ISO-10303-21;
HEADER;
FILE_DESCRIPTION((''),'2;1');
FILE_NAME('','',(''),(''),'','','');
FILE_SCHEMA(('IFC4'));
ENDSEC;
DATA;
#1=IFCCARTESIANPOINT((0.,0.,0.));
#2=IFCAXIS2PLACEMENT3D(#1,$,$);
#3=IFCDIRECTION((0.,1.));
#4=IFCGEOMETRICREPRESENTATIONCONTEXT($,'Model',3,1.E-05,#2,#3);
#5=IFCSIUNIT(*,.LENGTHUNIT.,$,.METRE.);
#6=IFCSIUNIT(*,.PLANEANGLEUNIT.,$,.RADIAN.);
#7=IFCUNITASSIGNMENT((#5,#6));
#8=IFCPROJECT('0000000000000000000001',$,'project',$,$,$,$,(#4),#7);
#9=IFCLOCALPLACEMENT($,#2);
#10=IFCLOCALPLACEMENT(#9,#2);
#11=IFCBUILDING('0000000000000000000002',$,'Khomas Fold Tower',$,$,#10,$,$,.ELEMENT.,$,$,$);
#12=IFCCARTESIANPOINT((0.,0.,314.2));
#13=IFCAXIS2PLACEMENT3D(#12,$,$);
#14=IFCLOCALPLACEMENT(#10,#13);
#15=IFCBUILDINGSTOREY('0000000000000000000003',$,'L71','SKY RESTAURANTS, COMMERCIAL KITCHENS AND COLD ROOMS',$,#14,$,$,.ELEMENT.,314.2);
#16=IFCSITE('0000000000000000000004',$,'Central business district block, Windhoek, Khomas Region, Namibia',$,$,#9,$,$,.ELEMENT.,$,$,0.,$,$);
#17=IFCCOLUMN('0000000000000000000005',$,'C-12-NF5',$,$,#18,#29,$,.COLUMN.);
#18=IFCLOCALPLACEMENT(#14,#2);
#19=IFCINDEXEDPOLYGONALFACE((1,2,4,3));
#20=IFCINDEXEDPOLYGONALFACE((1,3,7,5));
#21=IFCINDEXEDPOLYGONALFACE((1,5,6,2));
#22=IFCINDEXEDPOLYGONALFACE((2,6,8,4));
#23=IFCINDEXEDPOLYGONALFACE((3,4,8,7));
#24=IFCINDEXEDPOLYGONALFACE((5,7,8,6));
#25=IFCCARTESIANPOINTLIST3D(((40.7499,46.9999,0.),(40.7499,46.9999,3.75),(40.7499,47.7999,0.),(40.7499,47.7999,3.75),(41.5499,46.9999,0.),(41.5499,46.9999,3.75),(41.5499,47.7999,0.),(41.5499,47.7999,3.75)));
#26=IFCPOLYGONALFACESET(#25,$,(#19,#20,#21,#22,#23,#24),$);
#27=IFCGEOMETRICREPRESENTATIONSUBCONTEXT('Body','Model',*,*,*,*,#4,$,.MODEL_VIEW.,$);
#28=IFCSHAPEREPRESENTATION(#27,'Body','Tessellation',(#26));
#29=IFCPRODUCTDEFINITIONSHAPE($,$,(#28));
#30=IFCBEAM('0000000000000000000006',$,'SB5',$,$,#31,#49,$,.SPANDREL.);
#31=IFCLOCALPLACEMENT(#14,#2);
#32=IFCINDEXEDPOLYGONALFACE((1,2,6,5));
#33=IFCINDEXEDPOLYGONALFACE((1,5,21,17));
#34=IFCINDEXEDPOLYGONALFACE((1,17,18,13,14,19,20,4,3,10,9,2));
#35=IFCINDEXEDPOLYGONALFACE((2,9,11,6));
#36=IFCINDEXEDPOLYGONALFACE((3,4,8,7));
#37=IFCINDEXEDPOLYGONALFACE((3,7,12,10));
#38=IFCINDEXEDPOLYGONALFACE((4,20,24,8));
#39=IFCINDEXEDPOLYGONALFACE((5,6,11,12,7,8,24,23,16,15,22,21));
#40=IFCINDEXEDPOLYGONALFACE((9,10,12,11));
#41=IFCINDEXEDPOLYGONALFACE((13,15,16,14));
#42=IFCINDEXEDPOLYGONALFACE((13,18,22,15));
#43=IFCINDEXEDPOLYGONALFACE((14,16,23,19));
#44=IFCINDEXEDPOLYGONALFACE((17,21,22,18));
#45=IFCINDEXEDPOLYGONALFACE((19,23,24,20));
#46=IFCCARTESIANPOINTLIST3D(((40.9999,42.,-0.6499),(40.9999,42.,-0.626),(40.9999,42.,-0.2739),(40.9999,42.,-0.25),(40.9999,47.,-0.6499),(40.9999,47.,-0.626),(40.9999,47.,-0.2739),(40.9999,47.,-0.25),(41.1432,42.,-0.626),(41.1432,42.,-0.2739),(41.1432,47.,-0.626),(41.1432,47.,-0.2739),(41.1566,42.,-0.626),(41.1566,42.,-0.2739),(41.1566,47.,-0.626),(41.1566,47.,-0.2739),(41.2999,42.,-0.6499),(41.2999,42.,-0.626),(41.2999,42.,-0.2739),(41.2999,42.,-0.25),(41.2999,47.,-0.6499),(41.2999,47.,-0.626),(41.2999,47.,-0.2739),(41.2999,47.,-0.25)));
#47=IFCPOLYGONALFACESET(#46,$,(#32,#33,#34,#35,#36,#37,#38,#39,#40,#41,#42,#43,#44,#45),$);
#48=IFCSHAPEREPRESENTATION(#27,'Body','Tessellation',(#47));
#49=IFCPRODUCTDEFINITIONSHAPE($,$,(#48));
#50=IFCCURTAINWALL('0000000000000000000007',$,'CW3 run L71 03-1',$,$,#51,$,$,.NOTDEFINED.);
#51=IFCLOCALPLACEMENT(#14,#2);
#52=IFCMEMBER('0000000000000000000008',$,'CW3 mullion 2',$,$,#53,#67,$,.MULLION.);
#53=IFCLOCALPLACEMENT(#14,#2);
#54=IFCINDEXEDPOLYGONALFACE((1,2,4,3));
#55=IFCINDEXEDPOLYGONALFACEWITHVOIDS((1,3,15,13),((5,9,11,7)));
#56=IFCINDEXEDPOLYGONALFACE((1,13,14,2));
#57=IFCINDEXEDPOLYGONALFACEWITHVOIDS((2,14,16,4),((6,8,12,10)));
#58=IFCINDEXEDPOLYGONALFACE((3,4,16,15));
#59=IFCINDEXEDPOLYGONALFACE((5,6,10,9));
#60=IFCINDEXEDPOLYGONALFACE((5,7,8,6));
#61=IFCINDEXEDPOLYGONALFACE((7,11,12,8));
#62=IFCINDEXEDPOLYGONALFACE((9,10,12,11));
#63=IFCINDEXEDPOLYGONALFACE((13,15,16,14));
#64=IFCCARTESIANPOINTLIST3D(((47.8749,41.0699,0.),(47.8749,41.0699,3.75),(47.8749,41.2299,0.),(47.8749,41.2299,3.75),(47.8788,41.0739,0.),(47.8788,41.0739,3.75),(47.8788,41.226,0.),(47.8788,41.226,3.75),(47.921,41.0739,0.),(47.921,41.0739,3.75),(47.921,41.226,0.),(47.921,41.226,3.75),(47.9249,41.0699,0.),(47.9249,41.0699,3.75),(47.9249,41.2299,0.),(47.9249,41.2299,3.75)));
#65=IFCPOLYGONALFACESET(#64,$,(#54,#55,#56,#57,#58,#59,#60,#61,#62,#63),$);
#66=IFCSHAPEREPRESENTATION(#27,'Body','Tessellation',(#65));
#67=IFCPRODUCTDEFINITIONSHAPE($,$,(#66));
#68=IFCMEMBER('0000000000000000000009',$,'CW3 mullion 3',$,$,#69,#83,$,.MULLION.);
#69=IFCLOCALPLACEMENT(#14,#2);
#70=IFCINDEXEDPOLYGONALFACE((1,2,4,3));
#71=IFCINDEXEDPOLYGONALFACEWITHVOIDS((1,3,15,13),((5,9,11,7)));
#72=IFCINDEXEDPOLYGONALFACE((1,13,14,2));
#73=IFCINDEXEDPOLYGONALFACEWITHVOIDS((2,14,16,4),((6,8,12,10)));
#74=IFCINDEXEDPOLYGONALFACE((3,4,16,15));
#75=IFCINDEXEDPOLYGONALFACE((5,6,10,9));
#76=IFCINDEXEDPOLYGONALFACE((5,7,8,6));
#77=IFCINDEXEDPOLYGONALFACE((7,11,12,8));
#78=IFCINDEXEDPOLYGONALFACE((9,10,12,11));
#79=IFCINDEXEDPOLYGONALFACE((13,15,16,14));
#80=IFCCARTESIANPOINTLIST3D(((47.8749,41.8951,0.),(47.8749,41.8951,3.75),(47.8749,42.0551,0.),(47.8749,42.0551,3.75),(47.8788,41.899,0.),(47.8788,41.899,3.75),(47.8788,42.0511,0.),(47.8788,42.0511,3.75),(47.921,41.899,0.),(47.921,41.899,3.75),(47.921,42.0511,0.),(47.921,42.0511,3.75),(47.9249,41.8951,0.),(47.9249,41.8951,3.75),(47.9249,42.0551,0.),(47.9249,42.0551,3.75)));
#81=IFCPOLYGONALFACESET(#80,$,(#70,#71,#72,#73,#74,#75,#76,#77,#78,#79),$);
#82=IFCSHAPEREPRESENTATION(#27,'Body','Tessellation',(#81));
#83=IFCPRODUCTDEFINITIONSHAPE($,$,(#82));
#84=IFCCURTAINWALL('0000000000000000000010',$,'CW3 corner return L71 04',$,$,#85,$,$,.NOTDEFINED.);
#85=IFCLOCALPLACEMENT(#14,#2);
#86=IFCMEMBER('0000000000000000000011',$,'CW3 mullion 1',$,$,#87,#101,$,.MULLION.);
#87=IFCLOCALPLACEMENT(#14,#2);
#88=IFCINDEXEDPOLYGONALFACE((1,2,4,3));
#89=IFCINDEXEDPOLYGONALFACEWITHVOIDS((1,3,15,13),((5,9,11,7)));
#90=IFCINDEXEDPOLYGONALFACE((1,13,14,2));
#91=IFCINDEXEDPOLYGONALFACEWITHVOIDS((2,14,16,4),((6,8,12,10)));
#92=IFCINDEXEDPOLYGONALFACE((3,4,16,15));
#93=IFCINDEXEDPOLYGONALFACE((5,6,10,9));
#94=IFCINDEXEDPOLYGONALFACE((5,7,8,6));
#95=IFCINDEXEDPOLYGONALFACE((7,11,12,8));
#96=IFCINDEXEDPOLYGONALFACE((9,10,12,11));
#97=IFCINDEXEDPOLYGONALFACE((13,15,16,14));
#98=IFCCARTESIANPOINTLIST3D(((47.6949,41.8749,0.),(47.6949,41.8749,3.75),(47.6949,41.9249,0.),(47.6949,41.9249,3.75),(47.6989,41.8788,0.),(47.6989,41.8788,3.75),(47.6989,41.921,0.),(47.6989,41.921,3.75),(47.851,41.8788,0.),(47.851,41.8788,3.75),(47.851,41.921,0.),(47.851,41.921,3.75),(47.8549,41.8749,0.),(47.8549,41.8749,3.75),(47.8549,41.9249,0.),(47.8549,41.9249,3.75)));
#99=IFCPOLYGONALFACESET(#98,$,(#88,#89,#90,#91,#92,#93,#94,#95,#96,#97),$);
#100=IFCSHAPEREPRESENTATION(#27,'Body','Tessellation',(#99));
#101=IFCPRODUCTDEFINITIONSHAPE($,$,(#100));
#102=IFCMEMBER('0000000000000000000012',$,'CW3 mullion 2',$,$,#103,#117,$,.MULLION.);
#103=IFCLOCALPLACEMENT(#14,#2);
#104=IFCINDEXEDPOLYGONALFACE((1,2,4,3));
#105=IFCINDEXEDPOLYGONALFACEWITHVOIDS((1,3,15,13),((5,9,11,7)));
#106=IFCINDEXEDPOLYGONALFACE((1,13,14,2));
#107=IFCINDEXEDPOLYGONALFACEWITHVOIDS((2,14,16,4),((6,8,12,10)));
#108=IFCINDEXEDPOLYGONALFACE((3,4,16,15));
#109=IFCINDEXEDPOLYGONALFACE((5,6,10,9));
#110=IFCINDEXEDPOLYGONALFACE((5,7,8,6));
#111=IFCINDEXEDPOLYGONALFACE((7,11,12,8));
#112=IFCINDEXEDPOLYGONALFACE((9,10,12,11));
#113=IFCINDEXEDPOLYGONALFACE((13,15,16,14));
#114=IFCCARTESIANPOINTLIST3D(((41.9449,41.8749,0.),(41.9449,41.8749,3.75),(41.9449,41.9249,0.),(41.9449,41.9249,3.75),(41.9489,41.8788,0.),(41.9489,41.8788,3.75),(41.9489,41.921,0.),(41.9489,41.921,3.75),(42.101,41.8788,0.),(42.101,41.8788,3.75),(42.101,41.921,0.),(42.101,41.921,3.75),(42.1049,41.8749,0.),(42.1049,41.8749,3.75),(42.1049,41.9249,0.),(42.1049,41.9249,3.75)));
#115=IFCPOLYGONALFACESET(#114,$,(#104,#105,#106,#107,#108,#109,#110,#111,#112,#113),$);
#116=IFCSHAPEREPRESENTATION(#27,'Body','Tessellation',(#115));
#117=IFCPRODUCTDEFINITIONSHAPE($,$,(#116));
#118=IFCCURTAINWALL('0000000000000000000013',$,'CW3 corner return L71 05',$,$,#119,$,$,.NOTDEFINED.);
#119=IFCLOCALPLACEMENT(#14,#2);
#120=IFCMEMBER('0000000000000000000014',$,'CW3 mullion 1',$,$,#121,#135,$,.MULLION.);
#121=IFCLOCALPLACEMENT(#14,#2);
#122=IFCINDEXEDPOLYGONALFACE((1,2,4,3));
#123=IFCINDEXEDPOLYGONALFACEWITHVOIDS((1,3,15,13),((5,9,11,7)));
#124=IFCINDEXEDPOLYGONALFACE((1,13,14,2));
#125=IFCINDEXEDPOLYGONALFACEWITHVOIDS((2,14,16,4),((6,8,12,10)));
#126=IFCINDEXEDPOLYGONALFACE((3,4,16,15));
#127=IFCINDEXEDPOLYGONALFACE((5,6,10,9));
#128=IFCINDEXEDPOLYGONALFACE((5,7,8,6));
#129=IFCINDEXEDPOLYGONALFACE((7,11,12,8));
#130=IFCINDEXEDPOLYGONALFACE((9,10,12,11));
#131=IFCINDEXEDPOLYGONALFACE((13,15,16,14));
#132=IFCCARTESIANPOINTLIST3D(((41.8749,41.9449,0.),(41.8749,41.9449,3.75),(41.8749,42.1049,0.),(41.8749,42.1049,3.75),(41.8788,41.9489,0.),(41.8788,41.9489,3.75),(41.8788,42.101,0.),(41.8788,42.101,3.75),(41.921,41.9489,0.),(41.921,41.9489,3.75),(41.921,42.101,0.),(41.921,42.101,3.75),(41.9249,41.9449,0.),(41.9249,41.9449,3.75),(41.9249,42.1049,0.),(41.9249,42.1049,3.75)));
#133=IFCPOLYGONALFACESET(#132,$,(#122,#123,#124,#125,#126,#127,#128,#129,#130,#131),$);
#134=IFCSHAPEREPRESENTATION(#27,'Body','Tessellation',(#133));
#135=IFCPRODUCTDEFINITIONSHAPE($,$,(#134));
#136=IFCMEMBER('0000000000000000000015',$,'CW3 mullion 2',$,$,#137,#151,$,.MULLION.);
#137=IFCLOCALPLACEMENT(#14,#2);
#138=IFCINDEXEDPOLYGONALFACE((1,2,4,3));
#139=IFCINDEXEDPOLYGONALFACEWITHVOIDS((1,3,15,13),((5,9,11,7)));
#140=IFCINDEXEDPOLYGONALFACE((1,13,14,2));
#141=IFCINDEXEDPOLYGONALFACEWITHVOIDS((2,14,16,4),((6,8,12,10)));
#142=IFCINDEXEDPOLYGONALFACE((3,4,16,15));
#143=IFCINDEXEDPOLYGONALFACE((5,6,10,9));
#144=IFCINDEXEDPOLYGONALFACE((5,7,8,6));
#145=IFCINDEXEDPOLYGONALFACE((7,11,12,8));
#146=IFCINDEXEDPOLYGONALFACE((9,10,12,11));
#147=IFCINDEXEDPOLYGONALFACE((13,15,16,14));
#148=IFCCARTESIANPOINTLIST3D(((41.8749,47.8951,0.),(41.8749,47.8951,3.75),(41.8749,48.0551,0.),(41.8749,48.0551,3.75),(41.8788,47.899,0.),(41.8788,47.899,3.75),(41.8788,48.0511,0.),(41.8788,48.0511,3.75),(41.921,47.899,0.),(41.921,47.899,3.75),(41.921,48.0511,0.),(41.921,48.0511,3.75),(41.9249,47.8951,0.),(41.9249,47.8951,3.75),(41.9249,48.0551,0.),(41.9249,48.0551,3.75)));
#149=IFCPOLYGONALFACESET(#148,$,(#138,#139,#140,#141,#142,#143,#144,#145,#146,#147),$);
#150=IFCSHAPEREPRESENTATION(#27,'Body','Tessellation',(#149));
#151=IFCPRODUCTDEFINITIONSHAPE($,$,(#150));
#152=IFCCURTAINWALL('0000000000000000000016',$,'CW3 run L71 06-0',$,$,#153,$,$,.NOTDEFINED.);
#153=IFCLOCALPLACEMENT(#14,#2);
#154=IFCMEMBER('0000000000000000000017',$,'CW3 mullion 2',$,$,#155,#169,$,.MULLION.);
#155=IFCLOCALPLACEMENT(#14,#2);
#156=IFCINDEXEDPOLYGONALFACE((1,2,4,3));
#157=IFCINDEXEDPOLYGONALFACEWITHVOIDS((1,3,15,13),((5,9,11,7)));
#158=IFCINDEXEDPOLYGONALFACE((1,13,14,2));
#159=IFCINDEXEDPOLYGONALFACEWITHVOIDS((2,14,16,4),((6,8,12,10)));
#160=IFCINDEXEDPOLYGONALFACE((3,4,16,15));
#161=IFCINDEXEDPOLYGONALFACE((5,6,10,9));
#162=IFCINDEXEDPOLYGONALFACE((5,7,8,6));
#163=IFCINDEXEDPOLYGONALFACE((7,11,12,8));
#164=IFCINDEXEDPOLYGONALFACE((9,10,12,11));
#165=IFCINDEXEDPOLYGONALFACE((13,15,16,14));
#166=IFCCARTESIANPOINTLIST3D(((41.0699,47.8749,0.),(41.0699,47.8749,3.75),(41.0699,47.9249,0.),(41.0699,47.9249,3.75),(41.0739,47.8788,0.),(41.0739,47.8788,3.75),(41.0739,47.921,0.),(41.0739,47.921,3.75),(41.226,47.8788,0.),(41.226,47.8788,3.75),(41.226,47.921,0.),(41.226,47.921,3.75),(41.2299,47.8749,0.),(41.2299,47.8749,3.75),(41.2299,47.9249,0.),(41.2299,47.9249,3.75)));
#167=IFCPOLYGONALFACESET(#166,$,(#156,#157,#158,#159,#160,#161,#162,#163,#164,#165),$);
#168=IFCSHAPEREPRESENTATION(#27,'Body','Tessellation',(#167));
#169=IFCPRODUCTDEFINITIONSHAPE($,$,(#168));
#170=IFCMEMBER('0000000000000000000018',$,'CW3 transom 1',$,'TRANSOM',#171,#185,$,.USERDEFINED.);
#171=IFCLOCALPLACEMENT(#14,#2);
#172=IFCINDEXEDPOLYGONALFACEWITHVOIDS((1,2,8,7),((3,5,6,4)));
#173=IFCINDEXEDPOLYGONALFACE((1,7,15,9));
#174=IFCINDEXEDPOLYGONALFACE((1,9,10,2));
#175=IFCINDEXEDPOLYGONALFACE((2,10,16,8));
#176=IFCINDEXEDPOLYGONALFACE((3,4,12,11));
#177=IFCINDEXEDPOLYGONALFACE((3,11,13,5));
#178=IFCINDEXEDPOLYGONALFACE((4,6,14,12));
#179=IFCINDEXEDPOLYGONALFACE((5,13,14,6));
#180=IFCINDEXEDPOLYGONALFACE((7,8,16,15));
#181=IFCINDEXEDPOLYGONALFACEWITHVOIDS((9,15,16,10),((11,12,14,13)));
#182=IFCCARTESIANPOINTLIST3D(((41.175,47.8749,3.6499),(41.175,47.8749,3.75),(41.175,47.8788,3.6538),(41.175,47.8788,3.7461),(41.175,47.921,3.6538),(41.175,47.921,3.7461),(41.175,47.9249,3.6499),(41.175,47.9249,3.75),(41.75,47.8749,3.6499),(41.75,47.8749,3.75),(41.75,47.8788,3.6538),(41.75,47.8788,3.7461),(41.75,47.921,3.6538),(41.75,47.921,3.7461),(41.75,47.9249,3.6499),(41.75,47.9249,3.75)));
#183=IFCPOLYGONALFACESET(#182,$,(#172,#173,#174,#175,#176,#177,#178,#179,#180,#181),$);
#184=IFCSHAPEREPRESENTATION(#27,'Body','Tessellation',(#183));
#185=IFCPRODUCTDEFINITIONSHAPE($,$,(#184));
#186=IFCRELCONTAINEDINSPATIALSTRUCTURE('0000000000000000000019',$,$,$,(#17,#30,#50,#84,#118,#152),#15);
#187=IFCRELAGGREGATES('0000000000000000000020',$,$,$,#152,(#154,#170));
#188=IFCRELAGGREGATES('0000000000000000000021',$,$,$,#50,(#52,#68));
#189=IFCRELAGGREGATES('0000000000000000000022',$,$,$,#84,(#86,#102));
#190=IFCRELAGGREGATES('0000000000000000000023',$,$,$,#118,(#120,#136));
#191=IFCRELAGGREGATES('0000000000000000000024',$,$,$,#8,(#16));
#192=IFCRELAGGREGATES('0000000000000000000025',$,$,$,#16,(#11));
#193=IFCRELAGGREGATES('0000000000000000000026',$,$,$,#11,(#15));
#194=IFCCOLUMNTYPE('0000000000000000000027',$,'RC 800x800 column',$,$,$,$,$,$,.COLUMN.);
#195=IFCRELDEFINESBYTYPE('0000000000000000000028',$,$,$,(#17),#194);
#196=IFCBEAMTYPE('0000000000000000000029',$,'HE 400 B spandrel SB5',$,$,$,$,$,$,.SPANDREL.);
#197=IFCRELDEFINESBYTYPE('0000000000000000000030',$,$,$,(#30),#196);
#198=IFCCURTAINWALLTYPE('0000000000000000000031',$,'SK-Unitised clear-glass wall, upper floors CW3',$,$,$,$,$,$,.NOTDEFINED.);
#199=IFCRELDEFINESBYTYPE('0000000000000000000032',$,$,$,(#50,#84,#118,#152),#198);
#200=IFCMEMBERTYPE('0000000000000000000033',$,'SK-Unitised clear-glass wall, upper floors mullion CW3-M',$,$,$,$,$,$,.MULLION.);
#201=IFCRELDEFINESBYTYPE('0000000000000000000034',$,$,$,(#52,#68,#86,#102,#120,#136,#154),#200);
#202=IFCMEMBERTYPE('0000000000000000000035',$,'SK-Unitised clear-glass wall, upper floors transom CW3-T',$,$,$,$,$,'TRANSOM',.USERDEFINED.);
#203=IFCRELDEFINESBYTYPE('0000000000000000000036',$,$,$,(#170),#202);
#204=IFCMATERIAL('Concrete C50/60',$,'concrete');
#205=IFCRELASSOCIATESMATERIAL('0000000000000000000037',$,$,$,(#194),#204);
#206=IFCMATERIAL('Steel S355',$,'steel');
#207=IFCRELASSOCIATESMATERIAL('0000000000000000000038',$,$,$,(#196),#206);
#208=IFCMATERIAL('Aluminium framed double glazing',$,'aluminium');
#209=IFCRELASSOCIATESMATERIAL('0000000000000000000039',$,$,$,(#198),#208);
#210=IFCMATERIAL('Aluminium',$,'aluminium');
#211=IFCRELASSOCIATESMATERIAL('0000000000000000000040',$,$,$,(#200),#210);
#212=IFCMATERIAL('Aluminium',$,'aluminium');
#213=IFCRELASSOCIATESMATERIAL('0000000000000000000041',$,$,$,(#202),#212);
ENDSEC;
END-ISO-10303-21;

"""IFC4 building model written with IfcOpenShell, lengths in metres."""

from ifc_helpers import new_model, si_unit, direction, frame, origin, origin_2d, place, context, subcontext, project, spatial, rectangle, hollow_rectangle, i_section, extrude, source, transform, mapped, material, material_profile, profile_set, type_object, element, aggregate, save


model = new_model("IFC4")

# Units and contexts
model_context = context("Model", 3, precision=1e-05, world=origin(), true_north=direction((0.0, 1.0)))
body_context = subcontext(model_context, "Body", "Model", "MODEL_VIEW")
ifc_project = project(units=[si_unit("LENGTHUNIT", "METRE"), si_unit("PLANEANGLEUNIT", "RADIAN")], contexts=[model_context])

# Site, building, storey
site_placement = place(None, origin())
site = spatial("IfcSite", under=ifc_project, at=site_placement, Name="Central business district block, Windhoek, Khomas Region, Namibia", CompositionType="ELEMENT", RefElevation=0.0)
building_placement = place(site_placement, origin())
building = spatial("IfcBuilding", under=site, at=building_placement, Name="Khomas Fold Tower", CompositionType="ELEMENT")
storey_placement = place(building_placement, frame((0.0, 0.0, 314.2)))
storey = spatial("IfcBuildingStorey", under=building, at=storey_placement, Name="L71", Description="SKY RESTAURANTS, COMMERCIAL KITCHENS AND COLD ROOMS", CompositionType="ELEMENT", Elevation=314.2)

# Column
ifc_material_1 = material(Name="Concrete C50/60", Category="concrete")
ifc_material_profile_1 = material_profile(ifc_material_1, rectangle(XDim=0.8, YDim=0.8, at=origin_2d()), Name="RC 800x800")
ifc_profile_set_1 = profile_set([ifc_material_profile_1], Name="Concrete C50/60")
column_type = type_object("IfcColumnType", Name="RC 800x800 column", PredefinedType="COLUMN", material=ifc_profile_set_1)
shared_shape_1 = source(origin(), body_context, "Body", "SweptSolid", [
    extrude(rectangle(XDim=0.8, YDim=0.8, at=origin_2d()), origin(), (0.0, 0.0, 1.0), 3.75),
])
column_placement = place(storey_placement, frame((41.1499, 47.3999, 0.0), z_axis=(0.0, 0.0, 1.0), x_axis=(1.0, 0.0, 0.0)))
element("IfcColumn", 1, at=column_placement, inside=storey, type_object=column_type, Name="C-12-NF5", PredefinedType="COLUMN", context=body_context, shape_type="MappedRepresentation", body=[
    mapped(shared_shape_1, transform((0.0, 0.0, 0.0))),
])

# Beam
ifc_material_2 = material(Name="Steel S355", Category="steel")
ifc_material_profile_2 = material_profile(ifc_material_2, i_section(OverallWidth=0.3, OverallDepth=0.3999, WebThickness=0.0134, FlangeThickness=0.0239, at=origin_2d()), Name="HE 400 B")
ifc_profile_set_2 = profile_set([ifc_material_profile_2], Name="Steel S355")
beam_type = type_object("IfcBeamType", Name="HE 400 B spandrel SB5", PredefinedType="SPANDREL", material=ifc_profile_set_2)
shared_shape_2 = source(origin(), body_context, "Body", "SweptSolid", [
    extrude(i_section(OverallWidth=0.3, OverallDepth=0.3999, WebThickness=0.0134, FlangeThickness=0.0239, at=origin_2d()), origin(), (0.0, 0.0, 1.0), 5.0),
])
beam_placement = place(storey_placement, frame((41.1499, 42.0, -0.45), z_axis=(0.0, 1.0, 0.0), x_axis=(-1.0, 0.0, 0.0)))
element("IfcBeam", 2, at=beam_placement, inside=storey, type_object=beam_type, Name="SB5", PredefinedType="SPANDREL", context=body_context, shape_type="MappedRepresentation", body=[
    mapped(shared_shape_2, transform((0.0, 0.0, 0.0))),
])

# Curtain walls, members
ifc_material_3 = material(Name="Aluminium framed double glazing", Category="aluminium")
curtain_wall_type = type_object("IfcCurtainWallType", Name="SK-Unitised clear-glass wall, upper floors CW3", PredefinedType="NOTDEFINED", material=ifc_material_3)
curtain_wall_1_placement = place(storey_placement, origin())
curtain_wall_1 = element("IfcCurtainWall", 3, at=curtain_wall_1_placement, inside=storey, type_object=curtain_wall_type, Name="CW3 run L71 03-1", PredefinedType="NOTDEFINED")
ifc_material_4 = material(Name="Aluminium", Category="aluminium")
ifc_material_profile_3 = material_profile(ifc_material_4, hollow_rectangle(XDim=0.05, YDim=0.1599, WallThickness=0.0039, at=origin_2d()), Name="SK-Unitised clear-glass wall, upper floors mullion CW3-M")
ifc_profile_set_3 = profile_set([ifc_material_profile_3], Name="Aluminium")
member_type_1 = type_object("IfcMemberType", Name="SK-Unitised clear-glass wall, upper floors mullion CW3-M", PredefinedType="MULLION", material=ifc_profile_set_3)
shared_shape_3 = source(origin(), body_context, "Body", "SweptSolid", [
    extrude(hollow_rectangle(XDim=0.05, YDim=0.1599, WallThickness=0.0039, at=origin_2d()), origin(), (0.0, 0.0, 1.0), 3.75),
])
member_1_placement = place(storey_placement, frame((47.8999, 41.1499, 0.0), z_axis=(0.0, 0.0, 1.0), x_axis=(-1.0, 0.0, 0.0)))
member_1 = element("IfcMember", 4, at=member_1_placement, type_object=member_type_1, Name="CW3 mullion 2", PredefinedType="MULLION", context=body_context, shape_type="MappedRepresentation", body=[
    mapped(shared_shape_3, transform((0.0, 0.0, 0.0))),
])
member_2_placement = place(storey_placement, frame((47.8999, 41.9751, 0.0), z_axis=(0.0, 0.0, 1.0), x_axis=(-1.0, 0.0, 0.0)))
member_2 = element("IfcMember", 5, at=member_2_placement, type_object=member_type_1, Name="CW3 mullion 3", PredefinedType="MULLION", context=body_context, shape_type="MappedRepresentation", body=[
    mapped(shared_shape_3, transform((0.0, 0.0, 0.0))),
])
curtain_wall_2_placement = place(storey_placement, origin())
curtain_wall_2 = element("IfcCurtainWall", 6, at=curtain_wall_2_placement, inside=storey, type_object=curtain_wall_type, Name="CW3 corner return L71 04", PredefinedType="NOTDEFINED")
member_3_placement = place(storey_placement, frame((47.7749, 41.8999, 0.0), z_axis=(0.0, 0.0, 1.0), x_axis=(0.0, -1.0, 0.0)))
member_3 = element("IfcMember", 7, at=member_3_placement, type_object=member_type_1, Name="CW3 mullion 1", PredefinedType="MULLION", context=body_context, shape_type="MappedRepresentation", body=[
    mapped(shared_shape_3, transform((0.0, 0.0, 0.0))),
])
member_4_placement = place(storey_placement, frame((42.0249, 41.8999, 0.0), z_axis=(0.0, 0.0, 1.0), x_axis=(0.0, -1.0, 0.0)))
member_4 = element("IfcMember", 8, at=member_4_placement, type_object=member_type_1, Name="CW3 mullion 2", PredefinedType="MULLION", context=body_context, shape_type="MappedRepresentation", body=[
    mapped(shared_shape_3, transform((0.0, 0.0, 0.0))),
])
curtain_wall_3_placement = place(storey_placement, origin())
curtain_wall_3 = element("IfcCurtainWall", 9, at=curtain_wall_3_placement, inside=storey, type_object=curtain_wall_type, Name="CW3 corner return L71 05", PredefinedType="NOTDEFINED")
member_5_placement = place(storey_placement, frame((41.8999, 42.0249, 0.0), z_axis=(0.0, 0.0, 1.0), x_axis=(-1.0, 0.0, 0.0)))
member_5 = element("IfcMember", 10, at=member_5_placement, type_object=member_type_1, Name="CW3 mullion 1", PredefinedType="MULLION", context=body_context, shape_type="MappedRepresentation", body=[
    mapped(shared_shape_3, transform((0.0, 0.0, 0.0))),
])
member_6_placement = place(storey_placement, frame((41.8999, 47.9751, 0.0), z_axis=(0.0, 0.0, 1.0), x_axis=(-1.0, 0.0, 0.0)))
member_6 = element("IfcMember", 11, at=member_6_placement, type_object=member_type_1, Name="CW3 mullion 2", PredefinedType="MULLION", context=body_context, shape_type="MappedRepresentation", body=[
    mapped(shared_shape_3, transform((0.0, 0.0, 0.0))),
])
curtain_wall_4_placement = place(storey_placement, origin())
curtain_wall_4 = element("IfcCurtainWall", 12, at=curtain_wall_4_placement, inside=storey, type_object=curtain_wall_type, Name="CW3 run L71 06-0", PredefinedType="NOTDEFINED")
member_7_placement = place(storey_placement, frame((41.1499, 47.8999, 0.0), z_axis=(0.0, 0.0, 1.0), x_axis=(0.0, -1.0, 0.0)))
member_7 = element("IfcMember", 13, at=member_7_placement, type_object=member_type_1, Name="CW3 mullion 2", PredefinedType="MULLION", context=body_context, shape_type="MappedRepresentation", body=[
    mapped(shared_shape_3, transform((0.0, 0.0, 0.0))),
])
ifc_material_5 = material(Name="Aluminium", Category="aluminium")
ifc_material_profile_4 = material_profile(ifc_material_5, hollow_rectangle(XDim=0.05, YDim=0.1001, WallThickness=0.0039, at=origin_2d()), Name="SK-Unitised clear-glass wall, upper floors transom CW3-T")
ifc_profile_set_4 = profile_set([ifc_material_profile_4], Name="Aluminium")
member_type_2 = type_object("IfcMemberType", Name="SK-Unitised clear-glass wall, upper floors transom CW3-T", ElementType="TRANSOM", PredefinedType="USERDEFINED", material=ifc_profile_set_4)
shared_shape_4 = source(origin(), body_context, "Body", "SweptSolid", [
    extrude(hollow_rectangle(XDim=0.05, YDim=0.1001, WallThickness=0.0039, at=origin_2d()), origin(), (0.0, 0.0, 1.0), 0.575),
])
member_8_placement = place(storey_placement, frame((41.75, 47.8999, 3.7), z_axis=(-1.0, 0.0, 0.0), x_axis=(0.0, -1.0, 0.0)))
member_8 = element("IfcMember", 14, at=member_8_placement, type_object=member_type_2, Name="CW3 transom 1", ObjectType="TRANSOM", PredefinedType="USERDEFINED", context=body_context, shape_type="MappedRepresentation", body=[
    mapped(shared_shape_4, transform((0.0, 0.0, 0.0))),
])

aggregate(curtain_wall_4, [member_7, member_8])
aggregate(curtain_wall_1, [member_1, member_2])
aggregate(curtain_wall_2, [member_3, member_4])
aggregate(curtain_wall_3, [member_5, member_6])

save(model, "model.ifc")
